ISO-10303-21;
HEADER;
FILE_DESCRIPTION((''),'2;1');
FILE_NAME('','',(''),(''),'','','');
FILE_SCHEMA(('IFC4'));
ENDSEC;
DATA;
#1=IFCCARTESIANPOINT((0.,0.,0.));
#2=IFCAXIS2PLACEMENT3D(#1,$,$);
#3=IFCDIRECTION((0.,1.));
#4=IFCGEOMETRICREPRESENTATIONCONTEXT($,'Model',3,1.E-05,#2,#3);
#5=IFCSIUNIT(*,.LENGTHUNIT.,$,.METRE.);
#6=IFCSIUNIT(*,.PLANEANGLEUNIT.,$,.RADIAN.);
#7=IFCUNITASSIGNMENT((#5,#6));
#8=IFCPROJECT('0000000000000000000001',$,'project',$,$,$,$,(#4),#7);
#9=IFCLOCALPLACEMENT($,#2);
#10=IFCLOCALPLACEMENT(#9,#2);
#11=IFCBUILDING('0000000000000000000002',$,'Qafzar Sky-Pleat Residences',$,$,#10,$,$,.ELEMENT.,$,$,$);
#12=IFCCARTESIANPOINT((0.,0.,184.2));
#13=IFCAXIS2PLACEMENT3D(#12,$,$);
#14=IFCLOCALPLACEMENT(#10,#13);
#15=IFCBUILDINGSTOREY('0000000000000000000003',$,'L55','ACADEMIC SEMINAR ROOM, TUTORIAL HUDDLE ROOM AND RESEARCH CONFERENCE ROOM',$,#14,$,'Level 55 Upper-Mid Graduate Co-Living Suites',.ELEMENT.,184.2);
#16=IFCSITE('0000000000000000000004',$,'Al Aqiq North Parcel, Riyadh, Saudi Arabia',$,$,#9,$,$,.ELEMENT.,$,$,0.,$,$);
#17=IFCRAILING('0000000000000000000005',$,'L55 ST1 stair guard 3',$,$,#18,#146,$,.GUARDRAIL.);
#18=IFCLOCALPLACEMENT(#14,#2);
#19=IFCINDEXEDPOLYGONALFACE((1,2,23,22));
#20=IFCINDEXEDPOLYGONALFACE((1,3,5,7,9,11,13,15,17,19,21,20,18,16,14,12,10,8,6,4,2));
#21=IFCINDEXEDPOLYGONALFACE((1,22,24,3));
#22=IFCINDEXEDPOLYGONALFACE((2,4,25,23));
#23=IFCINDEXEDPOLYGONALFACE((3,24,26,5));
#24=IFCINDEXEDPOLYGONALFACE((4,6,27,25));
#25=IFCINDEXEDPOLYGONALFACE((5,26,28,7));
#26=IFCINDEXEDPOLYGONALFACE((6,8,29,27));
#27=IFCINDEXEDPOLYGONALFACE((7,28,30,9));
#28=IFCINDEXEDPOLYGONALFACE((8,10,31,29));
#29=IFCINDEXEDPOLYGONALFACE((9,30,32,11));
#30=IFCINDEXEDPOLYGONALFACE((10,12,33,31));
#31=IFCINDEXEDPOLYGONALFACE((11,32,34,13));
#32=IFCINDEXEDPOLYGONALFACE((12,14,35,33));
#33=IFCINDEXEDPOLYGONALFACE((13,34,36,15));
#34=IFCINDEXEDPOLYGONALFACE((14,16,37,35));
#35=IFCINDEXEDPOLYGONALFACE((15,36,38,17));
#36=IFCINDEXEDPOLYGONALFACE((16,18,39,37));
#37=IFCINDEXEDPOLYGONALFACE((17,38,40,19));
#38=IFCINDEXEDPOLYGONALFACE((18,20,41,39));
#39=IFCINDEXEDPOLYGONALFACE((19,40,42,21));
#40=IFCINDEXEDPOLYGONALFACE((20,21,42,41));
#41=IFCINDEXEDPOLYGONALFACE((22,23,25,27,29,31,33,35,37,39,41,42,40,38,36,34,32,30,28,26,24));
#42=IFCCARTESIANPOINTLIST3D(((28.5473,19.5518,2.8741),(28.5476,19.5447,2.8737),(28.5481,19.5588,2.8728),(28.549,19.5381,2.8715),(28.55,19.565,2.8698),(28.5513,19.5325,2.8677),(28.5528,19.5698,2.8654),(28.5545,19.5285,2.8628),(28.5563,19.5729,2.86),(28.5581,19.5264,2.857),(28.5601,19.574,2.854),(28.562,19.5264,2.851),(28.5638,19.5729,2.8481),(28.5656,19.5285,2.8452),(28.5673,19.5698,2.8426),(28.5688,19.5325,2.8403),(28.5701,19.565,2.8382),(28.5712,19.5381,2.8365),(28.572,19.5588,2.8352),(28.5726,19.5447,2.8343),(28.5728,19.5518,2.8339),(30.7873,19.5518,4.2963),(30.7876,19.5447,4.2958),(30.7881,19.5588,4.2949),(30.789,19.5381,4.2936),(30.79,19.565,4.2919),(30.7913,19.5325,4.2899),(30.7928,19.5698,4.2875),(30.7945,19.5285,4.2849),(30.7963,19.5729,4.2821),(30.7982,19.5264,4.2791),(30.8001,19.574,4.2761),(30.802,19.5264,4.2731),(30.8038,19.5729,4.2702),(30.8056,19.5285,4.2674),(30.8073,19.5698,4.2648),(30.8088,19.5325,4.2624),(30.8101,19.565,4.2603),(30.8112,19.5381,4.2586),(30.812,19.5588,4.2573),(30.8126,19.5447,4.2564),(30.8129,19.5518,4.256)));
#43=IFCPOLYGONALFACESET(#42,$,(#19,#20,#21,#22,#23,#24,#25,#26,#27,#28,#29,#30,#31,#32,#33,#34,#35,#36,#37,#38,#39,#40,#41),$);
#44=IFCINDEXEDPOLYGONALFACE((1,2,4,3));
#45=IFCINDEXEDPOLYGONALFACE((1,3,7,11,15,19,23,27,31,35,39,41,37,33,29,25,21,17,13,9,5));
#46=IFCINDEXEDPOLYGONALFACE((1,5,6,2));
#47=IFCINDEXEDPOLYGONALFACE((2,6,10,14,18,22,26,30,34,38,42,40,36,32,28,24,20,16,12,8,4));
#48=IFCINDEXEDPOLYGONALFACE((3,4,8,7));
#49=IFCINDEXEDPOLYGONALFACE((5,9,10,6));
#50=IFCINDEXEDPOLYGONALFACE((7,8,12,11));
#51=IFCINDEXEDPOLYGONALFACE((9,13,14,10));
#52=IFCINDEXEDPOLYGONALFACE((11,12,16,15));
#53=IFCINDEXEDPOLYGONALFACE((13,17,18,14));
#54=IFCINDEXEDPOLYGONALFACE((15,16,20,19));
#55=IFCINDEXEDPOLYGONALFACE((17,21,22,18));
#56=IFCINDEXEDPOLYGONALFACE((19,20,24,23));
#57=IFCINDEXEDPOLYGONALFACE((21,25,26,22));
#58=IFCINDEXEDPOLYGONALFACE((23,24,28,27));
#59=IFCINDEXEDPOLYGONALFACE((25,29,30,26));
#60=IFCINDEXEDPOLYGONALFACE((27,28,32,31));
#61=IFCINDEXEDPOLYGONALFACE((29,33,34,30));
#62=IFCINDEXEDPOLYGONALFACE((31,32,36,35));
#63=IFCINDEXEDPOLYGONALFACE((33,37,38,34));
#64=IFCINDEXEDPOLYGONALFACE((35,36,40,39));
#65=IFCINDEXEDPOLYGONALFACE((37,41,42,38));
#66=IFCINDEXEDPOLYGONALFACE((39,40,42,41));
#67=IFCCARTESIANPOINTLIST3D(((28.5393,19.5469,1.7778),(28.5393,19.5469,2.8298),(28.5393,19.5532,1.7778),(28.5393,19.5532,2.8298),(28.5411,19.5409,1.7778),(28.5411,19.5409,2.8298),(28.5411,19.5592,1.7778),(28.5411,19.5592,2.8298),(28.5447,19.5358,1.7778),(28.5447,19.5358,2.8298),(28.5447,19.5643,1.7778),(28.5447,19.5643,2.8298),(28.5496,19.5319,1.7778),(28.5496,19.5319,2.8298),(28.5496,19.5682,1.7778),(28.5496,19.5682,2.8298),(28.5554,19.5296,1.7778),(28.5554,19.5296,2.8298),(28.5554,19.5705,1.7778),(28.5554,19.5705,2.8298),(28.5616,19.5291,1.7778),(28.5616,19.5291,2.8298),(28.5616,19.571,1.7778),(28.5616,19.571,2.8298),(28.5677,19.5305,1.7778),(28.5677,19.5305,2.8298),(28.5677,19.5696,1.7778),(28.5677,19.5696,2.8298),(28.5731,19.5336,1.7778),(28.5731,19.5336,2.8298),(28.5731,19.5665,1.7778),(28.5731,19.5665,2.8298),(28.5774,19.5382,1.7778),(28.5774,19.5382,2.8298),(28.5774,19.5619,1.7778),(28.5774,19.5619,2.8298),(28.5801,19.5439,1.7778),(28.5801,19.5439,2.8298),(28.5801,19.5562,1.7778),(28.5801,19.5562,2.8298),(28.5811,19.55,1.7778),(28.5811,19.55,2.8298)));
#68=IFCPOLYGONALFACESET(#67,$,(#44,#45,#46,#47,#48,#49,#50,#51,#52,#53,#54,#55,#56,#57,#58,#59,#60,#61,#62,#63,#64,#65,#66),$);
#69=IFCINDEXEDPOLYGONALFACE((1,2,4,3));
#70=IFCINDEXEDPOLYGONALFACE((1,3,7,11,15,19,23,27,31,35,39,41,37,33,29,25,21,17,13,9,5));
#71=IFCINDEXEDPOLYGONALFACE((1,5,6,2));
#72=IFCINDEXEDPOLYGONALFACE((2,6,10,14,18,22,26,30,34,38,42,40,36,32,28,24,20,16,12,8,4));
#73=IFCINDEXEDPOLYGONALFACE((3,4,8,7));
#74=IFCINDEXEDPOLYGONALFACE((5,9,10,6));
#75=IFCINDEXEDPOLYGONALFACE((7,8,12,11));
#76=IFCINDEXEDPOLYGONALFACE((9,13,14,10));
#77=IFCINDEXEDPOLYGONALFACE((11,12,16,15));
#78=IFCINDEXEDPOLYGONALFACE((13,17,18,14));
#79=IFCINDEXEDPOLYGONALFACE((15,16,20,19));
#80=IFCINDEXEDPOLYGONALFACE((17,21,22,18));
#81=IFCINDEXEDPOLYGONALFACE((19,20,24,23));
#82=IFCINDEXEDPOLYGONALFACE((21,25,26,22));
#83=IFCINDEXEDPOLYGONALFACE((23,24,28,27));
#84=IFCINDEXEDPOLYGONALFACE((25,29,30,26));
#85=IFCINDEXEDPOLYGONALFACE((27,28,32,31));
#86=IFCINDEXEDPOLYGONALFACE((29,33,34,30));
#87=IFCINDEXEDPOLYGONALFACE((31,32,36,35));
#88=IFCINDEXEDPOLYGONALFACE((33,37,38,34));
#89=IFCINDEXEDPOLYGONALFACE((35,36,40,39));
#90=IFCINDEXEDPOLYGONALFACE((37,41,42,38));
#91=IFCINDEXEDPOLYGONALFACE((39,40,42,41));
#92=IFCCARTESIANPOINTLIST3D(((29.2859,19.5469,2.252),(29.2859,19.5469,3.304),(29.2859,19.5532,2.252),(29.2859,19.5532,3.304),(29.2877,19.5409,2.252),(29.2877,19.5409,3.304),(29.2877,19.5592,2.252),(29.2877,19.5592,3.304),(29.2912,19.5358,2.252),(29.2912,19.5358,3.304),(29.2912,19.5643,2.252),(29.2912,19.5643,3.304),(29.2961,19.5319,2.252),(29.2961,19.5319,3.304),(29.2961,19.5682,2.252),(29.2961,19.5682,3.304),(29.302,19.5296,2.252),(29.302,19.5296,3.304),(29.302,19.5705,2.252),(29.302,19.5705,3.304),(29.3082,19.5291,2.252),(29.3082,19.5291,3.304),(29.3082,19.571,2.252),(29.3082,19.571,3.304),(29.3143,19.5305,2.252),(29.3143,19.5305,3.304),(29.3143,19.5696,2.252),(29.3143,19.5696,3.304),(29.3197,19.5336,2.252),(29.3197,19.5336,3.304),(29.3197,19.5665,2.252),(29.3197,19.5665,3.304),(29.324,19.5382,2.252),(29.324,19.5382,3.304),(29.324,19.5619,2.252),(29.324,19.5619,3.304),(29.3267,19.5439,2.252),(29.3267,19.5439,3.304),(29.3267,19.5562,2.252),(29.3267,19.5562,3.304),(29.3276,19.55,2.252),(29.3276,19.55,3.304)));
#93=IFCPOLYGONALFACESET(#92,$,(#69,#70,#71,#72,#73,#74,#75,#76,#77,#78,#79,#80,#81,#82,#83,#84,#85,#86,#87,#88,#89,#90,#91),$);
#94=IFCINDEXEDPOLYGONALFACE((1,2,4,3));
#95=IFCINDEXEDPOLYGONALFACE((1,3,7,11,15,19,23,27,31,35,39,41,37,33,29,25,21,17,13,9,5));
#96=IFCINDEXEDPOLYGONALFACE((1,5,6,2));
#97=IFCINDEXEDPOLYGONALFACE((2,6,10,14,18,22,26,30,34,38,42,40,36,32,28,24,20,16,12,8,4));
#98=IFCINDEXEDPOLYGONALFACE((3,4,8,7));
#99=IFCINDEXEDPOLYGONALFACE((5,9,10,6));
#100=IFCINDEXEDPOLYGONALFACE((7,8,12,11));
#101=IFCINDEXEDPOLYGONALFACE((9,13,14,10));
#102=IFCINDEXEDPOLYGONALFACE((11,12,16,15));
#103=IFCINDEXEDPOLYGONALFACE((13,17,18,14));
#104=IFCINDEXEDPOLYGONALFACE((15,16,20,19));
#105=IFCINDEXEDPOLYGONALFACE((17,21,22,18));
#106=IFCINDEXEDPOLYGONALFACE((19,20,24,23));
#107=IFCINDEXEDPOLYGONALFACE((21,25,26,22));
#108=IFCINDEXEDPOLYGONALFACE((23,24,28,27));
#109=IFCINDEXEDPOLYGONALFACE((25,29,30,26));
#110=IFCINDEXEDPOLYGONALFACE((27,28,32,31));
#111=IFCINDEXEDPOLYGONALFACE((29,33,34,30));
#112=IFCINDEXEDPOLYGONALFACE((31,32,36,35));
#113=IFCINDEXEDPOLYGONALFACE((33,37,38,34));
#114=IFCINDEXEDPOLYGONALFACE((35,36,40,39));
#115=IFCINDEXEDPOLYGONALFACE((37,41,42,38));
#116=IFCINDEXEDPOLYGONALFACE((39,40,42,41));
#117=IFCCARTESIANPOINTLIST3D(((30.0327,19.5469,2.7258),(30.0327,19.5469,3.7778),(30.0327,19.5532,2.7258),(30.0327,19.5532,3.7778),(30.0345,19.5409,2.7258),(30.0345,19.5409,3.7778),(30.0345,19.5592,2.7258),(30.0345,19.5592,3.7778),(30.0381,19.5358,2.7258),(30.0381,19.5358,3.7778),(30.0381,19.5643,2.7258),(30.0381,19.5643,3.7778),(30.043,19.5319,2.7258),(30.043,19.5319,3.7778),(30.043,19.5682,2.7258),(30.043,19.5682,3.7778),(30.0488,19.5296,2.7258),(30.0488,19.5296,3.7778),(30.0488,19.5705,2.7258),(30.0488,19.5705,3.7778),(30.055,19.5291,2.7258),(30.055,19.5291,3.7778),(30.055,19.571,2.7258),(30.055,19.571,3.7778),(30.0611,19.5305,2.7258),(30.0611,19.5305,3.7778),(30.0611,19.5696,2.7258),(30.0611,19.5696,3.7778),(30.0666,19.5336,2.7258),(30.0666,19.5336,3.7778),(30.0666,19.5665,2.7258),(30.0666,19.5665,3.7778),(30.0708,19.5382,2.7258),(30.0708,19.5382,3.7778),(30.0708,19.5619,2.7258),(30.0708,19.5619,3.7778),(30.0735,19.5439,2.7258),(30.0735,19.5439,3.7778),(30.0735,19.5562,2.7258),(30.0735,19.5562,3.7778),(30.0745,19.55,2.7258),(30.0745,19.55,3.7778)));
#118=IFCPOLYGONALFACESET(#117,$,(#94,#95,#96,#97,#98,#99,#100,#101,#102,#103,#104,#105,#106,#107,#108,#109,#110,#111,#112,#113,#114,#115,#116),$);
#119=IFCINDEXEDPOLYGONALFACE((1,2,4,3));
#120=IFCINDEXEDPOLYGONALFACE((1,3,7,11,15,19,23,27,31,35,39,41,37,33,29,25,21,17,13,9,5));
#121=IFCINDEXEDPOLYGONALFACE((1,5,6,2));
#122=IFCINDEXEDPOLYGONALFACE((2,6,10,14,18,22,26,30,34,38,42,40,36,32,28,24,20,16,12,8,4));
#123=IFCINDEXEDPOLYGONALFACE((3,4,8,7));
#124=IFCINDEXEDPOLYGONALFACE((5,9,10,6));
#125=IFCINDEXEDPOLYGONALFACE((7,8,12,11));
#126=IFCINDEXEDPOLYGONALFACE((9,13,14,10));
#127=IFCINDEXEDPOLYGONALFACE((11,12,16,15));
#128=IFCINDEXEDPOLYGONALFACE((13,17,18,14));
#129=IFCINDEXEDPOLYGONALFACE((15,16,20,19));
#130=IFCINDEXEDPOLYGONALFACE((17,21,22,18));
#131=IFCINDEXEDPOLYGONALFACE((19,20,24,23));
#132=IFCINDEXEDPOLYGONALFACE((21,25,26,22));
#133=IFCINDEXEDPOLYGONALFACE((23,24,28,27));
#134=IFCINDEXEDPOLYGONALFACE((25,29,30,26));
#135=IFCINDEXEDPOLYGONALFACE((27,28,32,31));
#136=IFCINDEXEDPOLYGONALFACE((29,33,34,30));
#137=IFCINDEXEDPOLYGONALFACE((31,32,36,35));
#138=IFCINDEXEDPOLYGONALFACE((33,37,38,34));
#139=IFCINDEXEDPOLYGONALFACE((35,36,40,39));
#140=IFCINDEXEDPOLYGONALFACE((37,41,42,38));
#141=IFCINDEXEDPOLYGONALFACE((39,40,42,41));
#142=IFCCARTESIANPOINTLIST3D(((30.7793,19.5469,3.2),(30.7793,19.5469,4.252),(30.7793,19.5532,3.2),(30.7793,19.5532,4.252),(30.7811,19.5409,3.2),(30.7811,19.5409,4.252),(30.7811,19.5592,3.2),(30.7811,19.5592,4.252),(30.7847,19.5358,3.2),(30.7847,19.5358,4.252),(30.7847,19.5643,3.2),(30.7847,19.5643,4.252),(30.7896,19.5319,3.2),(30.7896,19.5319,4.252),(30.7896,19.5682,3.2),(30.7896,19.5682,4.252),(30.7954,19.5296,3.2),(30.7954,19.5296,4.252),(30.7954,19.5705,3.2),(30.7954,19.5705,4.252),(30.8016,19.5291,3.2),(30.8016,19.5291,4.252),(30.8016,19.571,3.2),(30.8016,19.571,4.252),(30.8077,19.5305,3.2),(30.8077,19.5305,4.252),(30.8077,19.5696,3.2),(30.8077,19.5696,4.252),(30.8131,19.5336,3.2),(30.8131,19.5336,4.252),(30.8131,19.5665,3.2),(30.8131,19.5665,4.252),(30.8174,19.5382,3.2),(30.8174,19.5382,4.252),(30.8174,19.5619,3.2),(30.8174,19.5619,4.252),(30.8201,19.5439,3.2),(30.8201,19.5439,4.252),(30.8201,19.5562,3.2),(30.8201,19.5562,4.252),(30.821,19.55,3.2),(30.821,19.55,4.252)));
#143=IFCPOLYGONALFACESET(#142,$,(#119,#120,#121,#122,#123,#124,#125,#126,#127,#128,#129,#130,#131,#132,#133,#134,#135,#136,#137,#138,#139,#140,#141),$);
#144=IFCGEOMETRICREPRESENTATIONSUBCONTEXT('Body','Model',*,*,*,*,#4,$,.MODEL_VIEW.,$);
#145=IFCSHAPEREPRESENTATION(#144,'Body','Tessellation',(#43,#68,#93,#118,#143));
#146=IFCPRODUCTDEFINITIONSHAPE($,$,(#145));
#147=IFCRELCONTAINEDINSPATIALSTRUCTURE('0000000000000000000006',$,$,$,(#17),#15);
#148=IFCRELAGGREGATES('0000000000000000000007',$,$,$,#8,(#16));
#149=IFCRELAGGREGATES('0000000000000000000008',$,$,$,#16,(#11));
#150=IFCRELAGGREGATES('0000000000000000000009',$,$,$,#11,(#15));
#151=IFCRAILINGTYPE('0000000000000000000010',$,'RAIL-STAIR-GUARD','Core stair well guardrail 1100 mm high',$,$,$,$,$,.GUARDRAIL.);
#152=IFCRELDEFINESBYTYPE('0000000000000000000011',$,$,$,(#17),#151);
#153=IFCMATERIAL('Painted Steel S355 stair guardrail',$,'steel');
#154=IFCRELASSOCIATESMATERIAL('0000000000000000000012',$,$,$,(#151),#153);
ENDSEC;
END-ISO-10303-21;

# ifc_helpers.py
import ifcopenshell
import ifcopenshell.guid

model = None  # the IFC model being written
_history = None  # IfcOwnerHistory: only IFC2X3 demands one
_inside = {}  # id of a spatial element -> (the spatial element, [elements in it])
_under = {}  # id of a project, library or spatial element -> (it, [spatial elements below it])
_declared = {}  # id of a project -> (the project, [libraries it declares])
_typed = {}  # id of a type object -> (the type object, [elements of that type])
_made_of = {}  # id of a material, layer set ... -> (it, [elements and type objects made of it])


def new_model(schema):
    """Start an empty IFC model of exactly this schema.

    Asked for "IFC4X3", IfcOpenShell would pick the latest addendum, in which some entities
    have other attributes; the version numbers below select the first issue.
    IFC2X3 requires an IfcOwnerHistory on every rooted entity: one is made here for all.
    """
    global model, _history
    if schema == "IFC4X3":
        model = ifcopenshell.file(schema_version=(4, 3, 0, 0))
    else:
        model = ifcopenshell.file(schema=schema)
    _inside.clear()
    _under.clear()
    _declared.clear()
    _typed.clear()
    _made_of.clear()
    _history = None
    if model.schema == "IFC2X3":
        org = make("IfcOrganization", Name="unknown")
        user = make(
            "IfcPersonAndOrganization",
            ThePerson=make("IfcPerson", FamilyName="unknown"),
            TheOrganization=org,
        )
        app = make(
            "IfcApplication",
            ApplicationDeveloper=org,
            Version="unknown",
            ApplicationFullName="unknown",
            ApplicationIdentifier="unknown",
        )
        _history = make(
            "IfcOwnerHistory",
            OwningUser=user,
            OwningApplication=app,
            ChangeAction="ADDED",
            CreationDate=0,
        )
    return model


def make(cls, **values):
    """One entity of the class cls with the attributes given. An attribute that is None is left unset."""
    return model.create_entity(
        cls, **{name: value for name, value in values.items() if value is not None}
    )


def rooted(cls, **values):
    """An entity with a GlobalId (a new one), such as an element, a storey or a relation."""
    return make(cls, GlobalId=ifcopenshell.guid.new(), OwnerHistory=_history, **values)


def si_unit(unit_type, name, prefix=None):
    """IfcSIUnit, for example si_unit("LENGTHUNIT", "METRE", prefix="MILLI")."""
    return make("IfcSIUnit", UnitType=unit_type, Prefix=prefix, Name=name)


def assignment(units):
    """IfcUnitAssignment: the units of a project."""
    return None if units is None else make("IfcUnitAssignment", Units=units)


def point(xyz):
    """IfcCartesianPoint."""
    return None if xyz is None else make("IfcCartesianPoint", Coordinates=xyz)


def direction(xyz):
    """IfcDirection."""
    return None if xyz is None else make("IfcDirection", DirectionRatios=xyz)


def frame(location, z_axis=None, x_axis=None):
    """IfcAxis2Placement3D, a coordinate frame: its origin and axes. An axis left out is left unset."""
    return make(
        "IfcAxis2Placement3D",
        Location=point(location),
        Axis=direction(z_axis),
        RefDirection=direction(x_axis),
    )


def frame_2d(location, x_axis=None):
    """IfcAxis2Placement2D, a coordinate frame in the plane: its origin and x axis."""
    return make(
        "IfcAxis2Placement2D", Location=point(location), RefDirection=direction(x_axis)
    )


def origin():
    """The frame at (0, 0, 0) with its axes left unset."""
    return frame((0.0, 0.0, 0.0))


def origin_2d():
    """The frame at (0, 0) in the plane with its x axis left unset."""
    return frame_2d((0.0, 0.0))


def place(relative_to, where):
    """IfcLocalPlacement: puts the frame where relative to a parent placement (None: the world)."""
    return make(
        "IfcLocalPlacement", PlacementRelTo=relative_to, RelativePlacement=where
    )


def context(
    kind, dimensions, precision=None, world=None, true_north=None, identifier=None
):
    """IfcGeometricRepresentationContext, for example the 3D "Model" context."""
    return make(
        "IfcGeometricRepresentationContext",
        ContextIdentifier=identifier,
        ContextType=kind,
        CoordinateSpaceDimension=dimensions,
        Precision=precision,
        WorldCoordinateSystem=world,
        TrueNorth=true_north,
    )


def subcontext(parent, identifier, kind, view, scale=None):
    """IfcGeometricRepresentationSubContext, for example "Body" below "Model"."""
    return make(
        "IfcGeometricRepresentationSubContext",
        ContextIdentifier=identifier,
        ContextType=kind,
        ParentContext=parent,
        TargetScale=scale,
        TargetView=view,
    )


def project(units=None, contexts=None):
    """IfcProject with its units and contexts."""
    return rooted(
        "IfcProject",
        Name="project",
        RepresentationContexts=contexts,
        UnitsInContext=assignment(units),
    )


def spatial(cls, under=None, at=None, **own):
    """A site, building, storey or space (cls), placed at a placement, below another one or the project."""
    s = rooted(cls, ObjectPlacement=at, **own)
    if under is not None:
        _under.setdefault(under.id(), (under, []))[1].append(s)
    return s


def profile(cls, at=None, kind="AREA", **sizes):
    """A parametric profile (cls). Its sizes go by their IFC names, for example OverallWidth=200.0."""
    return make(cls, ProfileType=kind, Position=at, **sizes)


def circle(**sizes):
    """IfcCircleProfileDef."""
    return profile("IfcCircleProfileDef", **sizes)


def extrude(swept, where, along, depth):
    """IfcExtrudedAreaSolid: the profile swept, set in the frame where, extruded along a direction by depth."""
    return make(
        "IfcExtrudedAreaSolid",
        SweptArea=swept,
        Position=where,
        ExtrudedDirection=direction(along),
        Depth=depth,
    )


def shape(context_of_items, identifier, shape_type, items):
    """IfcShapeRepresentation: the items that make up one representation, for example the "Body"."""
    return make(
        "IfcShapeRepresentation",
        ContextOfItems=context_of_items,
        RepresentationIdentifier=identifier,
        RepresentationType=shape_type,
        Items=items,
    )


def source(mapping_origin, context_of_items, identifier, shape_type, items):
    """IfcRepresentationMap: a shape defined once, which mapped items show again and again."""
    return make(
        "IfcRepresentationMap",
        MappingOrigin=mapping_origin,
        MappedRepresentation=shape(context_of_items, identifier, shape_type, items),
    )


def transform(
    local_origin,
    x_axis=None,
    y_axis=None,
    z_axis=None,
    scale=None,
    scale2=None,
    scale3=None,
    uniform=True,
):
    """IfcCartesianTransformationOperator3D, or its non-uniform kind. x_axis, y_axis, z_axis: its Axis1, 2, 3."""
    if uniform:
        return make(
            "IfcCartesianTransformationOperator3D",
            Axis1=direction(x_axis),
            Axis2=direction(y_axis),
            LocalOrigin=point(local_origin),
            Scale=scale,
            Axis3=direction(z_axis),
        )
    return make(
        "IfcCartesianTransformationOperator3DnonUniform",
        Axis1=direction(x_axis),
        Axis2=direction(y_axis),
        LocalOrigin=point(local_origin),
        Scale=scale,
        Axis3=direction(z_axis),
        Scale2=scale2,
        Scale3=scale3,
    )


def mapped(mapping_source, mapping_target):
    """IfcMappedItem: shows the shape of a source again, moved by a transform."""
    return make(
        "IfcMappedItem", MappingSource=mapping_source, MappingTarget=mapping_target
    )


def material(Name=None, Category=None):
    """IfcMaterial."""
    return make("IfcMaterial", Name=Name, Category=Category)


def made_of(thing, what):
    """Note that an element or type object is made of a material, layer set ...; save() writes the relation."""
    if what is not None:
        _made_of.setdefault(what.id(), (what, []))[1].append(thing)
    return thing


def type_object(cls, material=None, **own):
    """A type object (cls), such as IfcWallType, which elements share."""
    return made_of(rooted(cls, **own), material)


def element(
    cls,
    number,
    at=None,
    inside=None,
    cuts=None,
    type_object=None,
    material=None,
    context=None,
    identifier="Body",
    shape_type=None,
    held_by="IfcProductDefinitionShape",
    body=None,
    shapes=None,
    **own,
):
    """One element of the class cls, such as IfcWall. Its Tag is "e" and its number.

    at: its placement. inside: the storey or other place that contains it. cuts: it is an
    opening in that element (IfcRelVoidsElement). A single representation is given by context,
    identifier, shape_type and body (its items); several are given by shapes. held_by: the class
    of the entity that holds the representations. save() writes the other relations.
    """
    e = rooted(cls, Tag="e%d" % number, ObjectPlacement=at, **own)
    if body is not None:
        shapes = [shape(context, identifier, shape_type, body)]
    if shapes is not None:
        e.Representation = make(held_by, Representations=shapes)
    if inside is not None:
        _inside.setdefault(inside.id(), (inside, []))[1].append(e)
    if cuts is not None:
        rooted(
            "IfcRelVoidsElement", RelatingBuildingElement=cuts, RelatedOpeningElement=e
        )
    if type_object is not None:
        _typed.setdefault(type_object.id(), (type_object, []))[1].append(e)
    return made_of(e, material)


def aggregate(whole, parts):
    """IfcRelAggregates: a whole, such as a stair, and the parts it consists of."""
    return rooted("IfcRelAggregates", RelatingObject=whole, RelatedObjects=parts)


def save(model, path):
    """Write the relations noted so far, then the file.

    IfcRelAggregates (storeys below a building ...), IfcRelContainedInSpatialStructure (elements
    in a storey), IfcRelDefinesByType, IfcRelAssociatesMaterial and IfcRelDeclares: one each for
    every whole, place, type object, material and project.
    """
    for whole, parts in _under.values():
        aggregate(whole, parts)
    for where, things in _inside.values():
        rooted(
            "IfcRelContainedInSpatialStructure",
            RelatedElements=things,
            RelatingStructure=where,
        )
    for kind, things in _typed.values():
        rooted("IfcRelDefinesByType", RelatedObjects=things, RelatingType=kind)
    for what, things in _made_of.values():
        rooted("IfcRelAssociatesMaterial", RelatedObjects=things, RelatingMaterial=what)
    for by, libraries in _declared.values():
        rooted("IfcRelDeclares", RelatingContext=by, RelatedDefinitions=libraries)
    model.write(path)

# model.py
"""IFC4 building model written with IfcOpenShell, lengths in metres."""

from ifc_helpers import new_model, si_unit, direction, frame, origin, origin_2d, place, context, subcontext, project, spatial, circle, extrude, source, transform, mapped, material, type_object, element, save


model = new_model("IFC4")

# Units and contexts
model_context = context("Model", 3, precision=1e-05, world=origin(), true_north=direction((0.0, 1.0)))
body_context = subcontext(model_context, "Body", "Model", "MODEL_VIEW")
ifc_project = project(units=[si_unit("LENGTHUNIT", "METRE"), si_unit("PLANEANGLEUNIT", "RADIAN")], contexts=[model_context])

# Site, building, storey
site_placement = place(None, origin())
site = spatial("IfcSite", under=ifc_project, at=site_placement, Name="Al Aqiq North Parcel, Riyadh, Saudi Arabia", CompositionType="ELEMENT", RefElevation=0.0)
building_placement = place(site_placement, origin())
building = spatial("IfcBuilding", under=site, at=building_placement, Name="Qafzar Sky-Pleat Residences", CompositionType="ELEMENT")
storey_placement = place(building_placement, frame((0.0, 0.0, 184.2)))
storey = spatial("IfcBuildingStorey", under=building, at=storey_placement, Name="L55", Description="ACADEMIC SEMINAR ROOM, TUTORIAL HUDDLE ROOM AND RESEARCH CONFERENCE ROOM", LongName="Level 55 Upper-Mid Graduate Co-Living Suites", CompositionType="ELEMENT", Elevation=184.2)

# Railing
ifc_material_1 = material(Name="Painted Steel S355 stair guardrail", Category="steel")
railing_type_1 = type_object("IfcRailingType", Name="RAIL-STAIR-GUARD", Description="Core stair well guardrail 1100 mm high", PredefinedType="GUARDRAIL", material=ifc_material_1)
shared_shape_1 = source(origin(), body_context, "Body", "SweptSolid", [
    extrude(circle(Radius=0.0239, at=origin_2d()), frame((0.0, 0.0, 1.0762), z_axis=(0.844229, 0.0, 0.535982), x_axis=(0.0, 1.0, 0.0)), (0.0, 0.0, 1.0), 2.6533),
    extrude(circle(Radius=0.021, at=origin_2d()), origin(), (0.0, 0.0, 1.0), 1.052),
    extrude(circle(Radius=0.021, at=origin_2d()), frame((0.7466, 0.0, 0.4741)), (0.0, 0.0, 1.0), 1.052),
    extrude(circle(Radius=0.021, at=origin_2d()), frame((1.4934, 0.0, 0.948)), (0.0, 0.0, 1.0), 1.052),
    extrude(circle(Radius=0.021, at=origin_2d()), frame((2.24, 0.0, 1.4221)), (0.0, 0.0, 1.0), 1.052),
])
railing_1_placement = place(storey_placement, frame((28.5601, 19.55, 1.7778)))
element("IfcRailing", 1, at=railing_1_placement, inside=storey, type_object=railing_type_1, Name="L55 ST1 stair guard 3", PredefinedType="GUARDRAIL", context=body_context, shape_type="MappedRepresentation", body=[
    mapped(shared_shape_1, transform((0.0, 0.0, 0.0), x_axis=(1.0, 0.0, 0.0), y_axis=(0.0, 1.0, 0.0), z_axis=(0.0, 0.0, 1.0), scale=1.0)),
])

save(model, "model.ifc")
